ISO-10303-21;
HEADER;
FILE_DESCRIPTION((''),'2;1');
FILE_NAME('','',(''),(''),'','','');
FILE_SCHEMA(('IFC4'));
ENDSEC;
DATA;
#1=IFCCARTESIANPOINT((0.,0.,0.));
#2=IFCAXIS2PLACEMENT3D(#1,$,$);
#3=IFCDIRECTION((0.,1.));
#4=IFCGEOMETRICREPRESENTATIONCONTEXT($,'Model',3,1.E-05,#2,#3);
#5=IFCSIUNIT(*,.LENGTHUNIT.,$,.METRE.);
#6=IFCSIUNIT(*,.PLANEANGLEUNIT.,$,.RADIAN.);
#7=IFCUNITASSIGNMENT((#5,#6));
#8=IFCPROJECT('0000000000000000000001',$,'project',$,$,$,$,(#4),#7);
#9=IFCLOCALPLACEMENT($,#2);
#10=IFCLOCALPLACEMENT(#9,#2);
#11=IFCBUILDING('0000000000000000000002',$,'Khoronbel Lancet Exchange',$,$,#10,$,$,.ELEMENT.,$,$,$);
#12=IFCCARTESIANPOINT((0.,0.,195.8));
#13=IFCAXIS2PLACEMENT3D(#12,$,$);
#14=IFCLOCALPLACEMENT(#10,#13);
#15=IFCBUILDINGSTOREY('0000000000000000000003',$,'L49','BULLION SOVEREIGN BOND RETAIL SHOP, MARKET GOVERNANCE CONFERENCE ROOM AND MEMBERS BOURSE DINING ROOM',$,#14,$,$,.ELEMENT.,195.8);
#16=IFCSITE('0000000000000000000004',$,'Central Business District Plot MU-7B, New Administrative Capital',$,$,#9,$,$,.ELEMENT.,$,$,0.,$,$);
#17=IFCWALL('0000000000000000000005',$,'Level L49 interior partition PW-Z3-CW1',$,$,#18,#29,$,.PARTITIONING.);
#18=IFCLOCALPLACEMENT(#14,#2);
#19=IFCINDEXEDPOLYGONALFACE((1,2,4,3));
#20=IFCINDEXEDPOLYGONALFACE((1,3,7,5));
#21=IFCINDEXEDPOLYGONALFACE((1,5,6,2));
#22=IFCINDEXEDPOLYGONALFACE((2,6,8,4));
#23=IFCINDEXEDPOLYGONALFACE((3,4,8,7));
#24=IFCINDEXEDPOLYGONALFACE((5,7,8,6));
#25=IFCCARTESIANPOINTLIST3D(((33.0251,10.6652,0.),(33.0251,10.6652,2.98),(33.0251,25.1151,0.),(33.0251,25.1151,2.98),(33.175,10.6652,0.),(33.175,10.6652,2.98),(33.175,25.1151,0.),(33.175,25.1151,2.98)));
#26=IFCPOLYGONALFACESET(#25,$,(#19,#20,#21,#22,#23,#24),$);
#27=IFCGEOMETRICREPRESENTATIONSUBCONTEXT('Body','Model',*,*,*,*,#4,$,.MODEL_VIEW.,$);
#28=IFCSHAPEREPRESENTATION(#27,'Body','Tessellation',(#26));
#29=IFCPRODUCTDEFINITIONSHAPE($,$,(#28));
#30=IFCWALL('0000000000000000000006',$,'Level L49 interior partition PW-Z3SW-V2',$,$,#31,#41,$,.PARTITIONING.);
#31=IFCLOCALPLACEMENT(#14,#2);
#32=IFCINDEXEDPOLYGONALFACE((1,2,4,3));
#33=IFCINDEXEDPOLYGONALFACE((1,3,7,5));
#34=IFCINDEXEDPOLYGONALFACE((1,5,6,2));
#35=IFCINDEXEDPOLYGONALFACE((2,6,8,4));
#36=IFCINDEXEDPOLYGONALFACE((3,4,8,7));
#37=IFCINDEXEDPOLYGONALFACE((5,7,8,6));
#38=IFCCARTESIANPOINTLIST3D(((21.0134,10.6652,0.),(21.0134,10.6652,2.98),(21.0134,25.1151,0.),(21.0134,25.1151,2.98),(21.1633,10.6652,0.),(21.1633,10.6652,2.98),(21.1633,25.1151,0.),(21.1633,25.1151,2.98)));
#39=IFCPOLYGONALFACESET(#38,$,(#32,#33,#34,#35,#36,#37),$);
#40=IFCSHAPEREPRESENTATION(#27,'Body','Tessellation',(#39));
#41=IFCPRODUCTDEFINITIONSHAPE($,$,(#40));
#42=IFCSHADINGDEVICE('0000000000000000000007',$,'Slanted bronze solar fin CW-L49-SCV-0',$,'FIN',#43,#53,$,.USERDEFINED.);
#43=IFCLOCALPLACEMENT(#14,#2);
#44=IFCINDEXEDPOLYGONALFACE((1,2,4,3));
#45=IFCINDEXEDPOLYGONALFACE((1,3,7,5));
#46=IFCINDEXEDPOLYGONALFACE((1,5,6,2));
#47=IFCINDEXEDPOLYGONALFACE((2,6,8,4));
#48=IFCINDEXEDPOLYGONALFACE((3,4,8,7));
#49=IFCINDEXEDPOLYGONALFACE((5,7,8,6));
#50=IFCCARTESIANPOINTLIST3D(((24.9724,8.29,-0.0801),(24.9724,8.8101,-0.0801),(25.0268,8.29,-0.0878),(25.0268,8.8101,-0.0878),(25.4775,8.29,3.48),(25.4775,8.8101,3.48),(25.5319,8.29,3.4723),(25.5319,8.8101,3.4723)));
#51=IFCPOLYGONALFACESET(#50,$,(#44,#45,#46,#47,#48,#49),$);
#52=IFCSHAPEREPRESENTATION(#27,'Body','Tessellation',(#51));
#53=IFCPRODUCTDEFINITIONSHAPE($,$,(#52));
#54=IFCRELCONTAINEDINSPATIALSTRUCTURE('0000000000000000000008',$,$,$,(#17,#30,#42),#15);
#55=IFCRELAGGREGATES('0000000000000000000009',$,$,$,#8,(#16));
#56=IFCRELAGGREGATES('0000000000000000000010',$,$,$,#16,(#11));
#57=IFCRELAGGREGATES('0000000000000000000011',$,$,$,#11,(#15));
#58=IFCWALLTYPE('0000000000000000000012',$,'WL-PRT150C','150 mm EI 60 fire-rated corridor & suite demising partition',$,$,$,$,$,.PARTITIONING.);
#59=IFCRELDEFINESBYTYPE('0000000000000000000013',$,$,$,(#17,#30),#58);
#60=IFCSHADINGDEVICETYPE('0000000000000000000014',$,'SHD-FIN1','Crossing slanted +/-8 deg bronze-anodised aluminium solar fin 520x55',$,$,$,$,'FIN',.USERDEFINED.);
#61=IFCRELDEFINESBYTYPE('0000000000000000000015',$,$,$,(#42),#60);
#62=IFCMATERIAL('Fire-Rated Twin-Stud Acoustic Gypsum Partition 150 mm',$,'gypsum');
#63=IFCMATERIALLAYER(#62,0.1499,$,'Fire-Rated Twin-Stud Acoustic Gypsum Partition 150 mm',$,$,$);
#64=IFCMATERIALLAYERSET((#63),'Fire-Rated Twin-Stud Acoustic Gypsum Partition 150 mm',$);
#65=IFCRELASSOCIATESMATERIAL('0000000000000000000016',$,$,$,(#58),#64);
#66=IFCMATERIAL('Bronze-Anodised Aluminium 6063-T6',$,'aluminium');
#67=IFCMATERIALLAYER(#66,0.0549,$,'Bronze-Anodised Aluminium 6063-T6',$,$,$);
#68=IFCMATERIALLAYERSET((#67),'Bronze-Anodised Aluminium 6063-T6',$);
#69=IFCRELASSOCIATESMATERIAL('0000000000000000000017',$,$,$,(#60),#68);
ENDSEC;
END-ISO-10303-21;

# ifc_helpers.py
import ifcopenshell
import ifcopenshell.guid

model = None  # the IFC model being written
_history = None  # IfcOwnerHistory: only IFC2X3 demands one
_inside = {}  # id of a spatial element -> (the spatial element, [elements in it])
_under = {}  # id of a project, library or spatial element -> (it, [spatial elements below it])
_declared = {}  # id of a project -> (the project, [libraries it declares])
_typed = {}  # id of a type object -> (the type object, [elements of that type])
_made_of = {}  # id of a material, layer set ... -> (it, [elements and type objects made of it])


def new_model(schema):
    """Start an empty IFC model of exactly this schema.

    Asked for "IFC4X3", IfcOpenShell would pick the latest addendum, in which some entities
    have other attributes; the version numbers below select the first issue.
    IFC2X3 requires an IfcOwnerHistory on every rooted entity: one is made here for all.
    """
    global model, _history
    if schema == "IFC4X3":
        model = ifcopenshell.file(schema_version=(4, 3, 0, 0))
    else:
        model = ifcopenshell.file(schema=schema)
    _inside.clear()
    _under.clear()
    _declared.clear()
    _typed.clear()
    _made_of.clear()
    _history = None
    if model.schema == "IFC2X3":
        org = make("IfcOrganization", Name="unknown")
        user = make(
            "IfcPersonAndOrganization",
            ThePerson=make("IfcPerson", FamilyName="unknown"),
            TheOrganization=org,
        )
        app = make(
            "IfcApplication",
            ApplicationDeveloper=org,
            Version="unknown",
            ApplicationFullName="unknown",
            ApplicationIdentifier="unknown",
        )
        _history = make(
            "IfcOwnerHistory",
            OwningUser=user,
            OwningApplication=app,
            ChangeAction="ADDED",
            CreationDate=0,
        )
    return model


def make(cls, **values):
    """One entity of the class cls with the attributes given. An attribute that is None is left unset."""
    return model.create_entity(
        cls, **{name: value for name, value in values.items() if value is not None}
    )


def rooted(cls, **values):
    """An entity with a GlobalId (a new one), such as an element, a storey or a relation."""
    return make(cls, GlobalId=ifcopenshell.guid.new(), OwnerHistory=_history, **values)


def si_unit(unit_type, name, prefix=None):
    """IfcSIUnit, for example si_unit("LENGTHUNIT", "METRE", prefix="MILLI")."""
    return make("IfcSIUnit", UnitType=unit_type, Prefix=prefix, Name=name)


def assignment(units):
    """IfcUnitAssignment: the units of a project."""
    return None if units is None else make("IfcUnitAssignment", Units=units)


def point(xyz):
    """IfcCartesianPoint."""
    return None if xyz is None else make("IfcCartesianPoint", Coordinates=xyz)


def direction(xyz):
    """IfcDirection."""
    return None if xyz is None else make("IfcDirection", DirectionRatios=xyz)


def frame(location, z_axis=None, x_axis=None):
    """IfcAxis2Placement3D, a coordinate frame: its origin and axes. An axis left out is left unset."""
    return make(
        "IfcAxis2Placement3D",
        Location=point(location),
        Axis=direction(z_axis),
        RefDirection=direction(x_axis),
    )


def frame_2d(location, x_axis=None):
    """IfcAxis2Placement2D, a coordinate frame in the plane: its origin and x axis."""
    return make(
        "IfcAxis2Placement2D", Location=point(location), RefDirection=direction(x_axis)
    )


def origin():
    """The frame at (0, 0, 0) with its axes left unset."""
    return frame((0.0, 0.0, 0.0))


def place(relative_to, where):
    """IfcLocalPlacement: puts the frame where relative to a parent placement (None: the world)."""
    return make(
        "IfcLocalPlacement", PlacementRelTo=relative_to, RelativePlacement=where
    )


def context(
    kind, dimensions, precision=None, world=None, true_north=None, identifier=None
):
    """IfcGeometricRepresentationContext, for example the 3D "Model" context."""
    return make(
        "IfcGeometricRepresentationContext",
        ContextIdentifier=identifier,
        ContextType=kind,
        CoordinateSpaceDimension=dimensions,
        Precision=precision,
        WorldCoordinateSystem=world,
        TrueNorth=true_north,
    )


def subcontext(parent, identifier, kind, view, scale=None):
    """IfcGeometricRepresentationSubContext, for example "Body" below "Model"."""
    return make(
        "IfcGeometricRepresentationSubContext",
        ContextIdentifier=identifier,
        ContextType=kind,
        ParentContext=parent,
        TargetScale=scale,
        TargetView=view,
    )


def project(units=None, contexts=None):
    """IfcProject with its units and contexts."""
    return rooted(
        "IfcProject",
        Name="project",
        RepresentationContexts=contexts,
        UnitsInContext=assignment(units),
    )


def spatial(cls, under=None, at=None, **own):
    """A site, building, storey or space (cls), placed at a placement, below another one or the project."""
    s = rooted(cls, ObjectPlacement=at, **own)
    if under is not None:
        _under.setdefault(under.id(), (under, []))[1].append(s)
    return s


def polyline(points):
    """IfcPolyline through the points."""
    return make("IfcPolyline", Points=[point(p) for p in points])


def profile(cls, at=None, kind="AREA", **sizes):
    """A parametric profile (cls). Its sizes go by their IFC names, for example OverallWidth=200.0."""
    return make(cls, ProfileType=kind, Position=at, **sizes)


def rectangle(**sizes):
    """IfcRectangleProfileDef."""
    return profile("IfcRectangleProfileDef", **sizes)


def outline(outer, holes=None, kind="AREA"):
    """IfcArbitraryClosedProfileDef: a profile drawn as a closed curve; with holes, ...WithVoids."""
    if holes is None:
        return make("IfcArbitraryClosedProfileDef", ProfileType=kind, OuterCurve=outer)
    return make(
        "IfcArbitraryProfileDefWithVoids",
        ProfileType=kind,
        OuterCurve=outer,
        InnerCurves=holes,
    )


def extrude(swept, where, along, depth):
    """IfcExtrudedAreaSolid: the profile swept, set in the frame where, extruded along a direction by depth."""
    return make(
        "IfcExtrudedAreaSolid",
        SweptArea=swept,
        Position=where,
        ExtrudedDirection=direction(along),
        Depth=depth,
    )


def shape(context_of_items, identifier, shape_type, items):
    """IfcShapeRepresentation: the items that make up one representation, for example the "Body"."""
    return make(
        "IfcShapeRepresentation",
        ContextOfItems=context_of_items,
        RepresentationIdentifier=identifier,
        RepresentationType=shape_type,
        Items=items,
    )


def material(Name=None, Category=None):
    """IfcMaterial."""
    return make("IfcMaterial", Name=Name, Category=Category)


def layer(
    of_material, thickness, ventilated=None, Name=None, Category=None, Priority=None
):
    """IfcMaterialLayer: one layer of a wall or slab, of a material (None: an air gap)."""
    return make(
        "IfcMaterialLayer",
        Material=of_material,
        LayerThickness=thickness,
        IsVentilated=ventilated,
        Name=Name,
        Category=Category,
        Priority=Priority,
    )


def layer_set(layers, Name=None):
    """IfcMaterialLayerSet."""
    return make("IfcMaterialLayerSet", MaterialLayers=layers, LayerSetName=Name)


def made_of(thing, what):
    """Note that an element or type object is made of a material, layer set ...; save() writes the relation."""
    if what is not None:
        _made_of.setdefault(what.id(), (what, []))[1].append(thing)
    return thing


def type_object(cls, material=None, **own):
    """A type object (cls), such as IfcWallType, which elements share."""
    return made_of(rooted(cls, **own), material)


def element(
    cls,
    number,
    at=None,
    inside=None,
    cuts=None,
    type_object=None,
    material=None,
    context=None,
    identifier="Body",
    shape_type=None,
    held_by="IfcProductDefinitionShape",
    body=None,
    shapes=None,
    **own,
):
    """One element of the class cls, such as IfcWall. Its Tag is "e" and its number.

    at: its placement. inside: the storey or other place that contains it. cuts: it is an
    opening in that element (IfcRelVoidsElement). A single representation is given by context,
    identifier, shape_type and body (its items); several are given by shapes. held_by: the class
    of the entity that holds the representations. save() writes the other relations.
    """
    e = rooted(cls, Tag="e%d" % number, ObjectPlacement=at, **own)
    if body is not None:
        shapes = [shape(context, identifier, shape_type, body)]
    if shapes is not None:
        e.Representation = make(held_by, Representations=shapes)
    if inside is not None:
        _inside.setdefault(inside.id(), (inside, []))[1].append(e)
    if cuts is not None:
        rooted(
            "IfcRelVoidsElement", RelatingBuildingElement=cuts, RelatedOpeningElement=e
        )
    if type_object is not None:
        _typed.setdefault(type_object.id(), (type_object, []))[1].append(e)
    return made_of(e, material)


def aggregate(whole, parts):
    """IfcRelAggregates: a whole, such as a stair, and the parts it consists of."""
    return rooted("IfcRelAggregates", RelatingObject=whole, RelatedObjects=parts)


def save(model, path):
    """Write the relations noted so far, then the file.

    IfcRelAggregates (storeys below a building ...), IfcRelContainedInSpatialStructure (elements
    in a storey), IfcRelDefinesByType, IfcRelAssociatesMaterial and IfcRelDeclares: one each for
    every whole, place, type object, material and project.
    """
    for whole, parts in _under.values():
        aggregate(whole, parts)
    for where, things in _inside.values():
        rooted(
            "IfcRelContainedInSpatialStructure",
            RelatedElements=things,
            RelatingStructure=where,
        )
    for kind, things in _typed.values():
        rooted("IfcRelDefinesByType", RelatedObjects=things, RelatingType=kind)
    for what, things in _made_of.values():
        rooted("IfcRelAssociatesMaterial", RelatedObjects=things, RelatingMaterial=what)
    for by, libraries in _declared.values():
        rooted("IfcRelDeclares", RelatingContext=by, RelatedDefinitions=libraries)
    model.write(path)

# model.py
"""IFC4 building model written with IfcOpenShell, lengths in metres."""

from ifc_helpers import new_model, si_unit, direction, frame, frame_2d, origin, place, context, subcontext, project, spatial, polyline, rectangle, outline, extrude, material, layer, layer_set, type_object, element, save


model = new_model("IFC4")

# Units and contexts
model_context = context("Model", 3, precision=1e-05, world=origin(), true_north=direction((0.0, 1.0)))
body_context = subcontext(model_context, "Body", "Model", "MODEL_VIEW")
ifc_project = project(units=[si_unit("LENGTHUNIT", "METRE"), si_unit("PLANEANGLEUNIT", "RADIAN")], contexts=[model_context])

# Site, building, storey
site_placement = place(None, origin())
site = spatial("IfcSite", under=ifc_project, at=site_placement, Name="Central Business District Plot MU-7B, New Administrative Capital", CompositionType="ELEMENT", RefElevation=0.0)
building_placement = place(site_placement, origin())
building = spatial("IfcBuilding", under=site, at=building_placement, Name="Khoronbel Lancet Exchange", CompositionType="ELEMENT")
storey_placement = place(building_placement, frame((0.0, 0.0, 195.8)))
storey = spatial("IfcBuildingStorey", under=building, at=storey_placement, Name="L49", Description="BULLION SOVEREIGN BOND RETAIL SHOP, MARKET GOVERNANCE CONFERENCE ROOM AND MEMBERS BOURSE DINING ROOM", CompositionType="ELEMENT", Elevation=195.8)

# Shared definitions
ifc_material_1 = material(Name="Bronze-Anodised Aluminium 6063-T6", Category="aluminium")

# Walls
ifc_material_2 = material(Name="Fire-Rated Twin-Stud Acoustic Gypsum Partition 150 mm", Category="gypsum")
ifc_layer_1 = layer(ifc_material_2, 0.1499, Name="Fire-Rated Twin-Stud Acoustic Gypsum Partition 150 mm")
ifc_layer_set_1 = layer_set([ifc_layer_1], Name="Fire-Rated Twin-Stud Acoustic Gypsum Partition 150 mm")
wall_type = type_object("IfcWallType", Name="WL-PRT150C", Description="150 mm EI 60 fire-rated corridor & suite demising partition", PredefinedType="PARTITIONING", material=ifc_layer_set_1)
for number, where, z_axis, x_axis, name in (
    (1, (33.1001, 10.665, 0.0), (0.0, 0.0, 1.0), (0.0, 1.0, 0.0), "Level L49 interior partition PW-Z3-CW1"),
    (2, (21.0884, 10.665, 0.0), (0.0, 0.0, 1.0), (0.0, 1.0, 0.0), "Level L49 interior partition PW-Z3SW-V2"),
):
    element("IfcWall", number, at=place(storey_placement, frame(where, z_axis=z_axis, x_axis=x_axis)), inside=storey, type_object=wall_type, Name=name, PredefinedType="PARTITIONING", context=body_context, shape_type="SweptSolid", body=[
        extrude(rectangle(XDim=14.45, YDim=0.1499, at=frame_2d((7.2251, 0.0))), origin(), (0.0, 0.0, 1.0), 2.98),
    ])

# Shading device
ifc_layer_2 = layer(ifc_material_1, 0.0549, Name="Bronze-Anodised Aluminium 6063-T6")
ifc_layer_set_2 = layer_set([ifc_layer_2], Name="Bronze-Anodised Aluminium 6063-T6")
shading_device_type = type_object("IfcShadingDeviceType", Name="SHD-FIN1", Description="Crossing slanted +/-8 deg bronze-anodised aluminium solar fin 520x55", ElementType="FIN", PredefinedType="USERDEFINED", material=ifc_layer_set_2)
shading_device_placement = place(storey_placement, frame((24.9724, 8.8101, -0.0801), z_axis=(-0.990083, 0.0, 0.14048), x_axis=(0.0, -1.0, 0.0)))
element("IfcShadingDevice", 3, at=shading_device_placement, inside=storey, type_object=shading_device_type, Name="Slanted bronze solar fin CW-L49-SCV-0", ObjectType="FIN", PredefinedType="USERDEFINED", context=body_context, shape_type="SweptSolid", body=[
    extrude(outline(polyline([(0.0, 0.0), (0.52, 0.0), (0.52, 3.5957), (0.0, 3.5957), (0.0, 0.0)])), origin(), (0.0, 0.0, -1.0), 0.0549),
])

save(model, "model.ifc")
